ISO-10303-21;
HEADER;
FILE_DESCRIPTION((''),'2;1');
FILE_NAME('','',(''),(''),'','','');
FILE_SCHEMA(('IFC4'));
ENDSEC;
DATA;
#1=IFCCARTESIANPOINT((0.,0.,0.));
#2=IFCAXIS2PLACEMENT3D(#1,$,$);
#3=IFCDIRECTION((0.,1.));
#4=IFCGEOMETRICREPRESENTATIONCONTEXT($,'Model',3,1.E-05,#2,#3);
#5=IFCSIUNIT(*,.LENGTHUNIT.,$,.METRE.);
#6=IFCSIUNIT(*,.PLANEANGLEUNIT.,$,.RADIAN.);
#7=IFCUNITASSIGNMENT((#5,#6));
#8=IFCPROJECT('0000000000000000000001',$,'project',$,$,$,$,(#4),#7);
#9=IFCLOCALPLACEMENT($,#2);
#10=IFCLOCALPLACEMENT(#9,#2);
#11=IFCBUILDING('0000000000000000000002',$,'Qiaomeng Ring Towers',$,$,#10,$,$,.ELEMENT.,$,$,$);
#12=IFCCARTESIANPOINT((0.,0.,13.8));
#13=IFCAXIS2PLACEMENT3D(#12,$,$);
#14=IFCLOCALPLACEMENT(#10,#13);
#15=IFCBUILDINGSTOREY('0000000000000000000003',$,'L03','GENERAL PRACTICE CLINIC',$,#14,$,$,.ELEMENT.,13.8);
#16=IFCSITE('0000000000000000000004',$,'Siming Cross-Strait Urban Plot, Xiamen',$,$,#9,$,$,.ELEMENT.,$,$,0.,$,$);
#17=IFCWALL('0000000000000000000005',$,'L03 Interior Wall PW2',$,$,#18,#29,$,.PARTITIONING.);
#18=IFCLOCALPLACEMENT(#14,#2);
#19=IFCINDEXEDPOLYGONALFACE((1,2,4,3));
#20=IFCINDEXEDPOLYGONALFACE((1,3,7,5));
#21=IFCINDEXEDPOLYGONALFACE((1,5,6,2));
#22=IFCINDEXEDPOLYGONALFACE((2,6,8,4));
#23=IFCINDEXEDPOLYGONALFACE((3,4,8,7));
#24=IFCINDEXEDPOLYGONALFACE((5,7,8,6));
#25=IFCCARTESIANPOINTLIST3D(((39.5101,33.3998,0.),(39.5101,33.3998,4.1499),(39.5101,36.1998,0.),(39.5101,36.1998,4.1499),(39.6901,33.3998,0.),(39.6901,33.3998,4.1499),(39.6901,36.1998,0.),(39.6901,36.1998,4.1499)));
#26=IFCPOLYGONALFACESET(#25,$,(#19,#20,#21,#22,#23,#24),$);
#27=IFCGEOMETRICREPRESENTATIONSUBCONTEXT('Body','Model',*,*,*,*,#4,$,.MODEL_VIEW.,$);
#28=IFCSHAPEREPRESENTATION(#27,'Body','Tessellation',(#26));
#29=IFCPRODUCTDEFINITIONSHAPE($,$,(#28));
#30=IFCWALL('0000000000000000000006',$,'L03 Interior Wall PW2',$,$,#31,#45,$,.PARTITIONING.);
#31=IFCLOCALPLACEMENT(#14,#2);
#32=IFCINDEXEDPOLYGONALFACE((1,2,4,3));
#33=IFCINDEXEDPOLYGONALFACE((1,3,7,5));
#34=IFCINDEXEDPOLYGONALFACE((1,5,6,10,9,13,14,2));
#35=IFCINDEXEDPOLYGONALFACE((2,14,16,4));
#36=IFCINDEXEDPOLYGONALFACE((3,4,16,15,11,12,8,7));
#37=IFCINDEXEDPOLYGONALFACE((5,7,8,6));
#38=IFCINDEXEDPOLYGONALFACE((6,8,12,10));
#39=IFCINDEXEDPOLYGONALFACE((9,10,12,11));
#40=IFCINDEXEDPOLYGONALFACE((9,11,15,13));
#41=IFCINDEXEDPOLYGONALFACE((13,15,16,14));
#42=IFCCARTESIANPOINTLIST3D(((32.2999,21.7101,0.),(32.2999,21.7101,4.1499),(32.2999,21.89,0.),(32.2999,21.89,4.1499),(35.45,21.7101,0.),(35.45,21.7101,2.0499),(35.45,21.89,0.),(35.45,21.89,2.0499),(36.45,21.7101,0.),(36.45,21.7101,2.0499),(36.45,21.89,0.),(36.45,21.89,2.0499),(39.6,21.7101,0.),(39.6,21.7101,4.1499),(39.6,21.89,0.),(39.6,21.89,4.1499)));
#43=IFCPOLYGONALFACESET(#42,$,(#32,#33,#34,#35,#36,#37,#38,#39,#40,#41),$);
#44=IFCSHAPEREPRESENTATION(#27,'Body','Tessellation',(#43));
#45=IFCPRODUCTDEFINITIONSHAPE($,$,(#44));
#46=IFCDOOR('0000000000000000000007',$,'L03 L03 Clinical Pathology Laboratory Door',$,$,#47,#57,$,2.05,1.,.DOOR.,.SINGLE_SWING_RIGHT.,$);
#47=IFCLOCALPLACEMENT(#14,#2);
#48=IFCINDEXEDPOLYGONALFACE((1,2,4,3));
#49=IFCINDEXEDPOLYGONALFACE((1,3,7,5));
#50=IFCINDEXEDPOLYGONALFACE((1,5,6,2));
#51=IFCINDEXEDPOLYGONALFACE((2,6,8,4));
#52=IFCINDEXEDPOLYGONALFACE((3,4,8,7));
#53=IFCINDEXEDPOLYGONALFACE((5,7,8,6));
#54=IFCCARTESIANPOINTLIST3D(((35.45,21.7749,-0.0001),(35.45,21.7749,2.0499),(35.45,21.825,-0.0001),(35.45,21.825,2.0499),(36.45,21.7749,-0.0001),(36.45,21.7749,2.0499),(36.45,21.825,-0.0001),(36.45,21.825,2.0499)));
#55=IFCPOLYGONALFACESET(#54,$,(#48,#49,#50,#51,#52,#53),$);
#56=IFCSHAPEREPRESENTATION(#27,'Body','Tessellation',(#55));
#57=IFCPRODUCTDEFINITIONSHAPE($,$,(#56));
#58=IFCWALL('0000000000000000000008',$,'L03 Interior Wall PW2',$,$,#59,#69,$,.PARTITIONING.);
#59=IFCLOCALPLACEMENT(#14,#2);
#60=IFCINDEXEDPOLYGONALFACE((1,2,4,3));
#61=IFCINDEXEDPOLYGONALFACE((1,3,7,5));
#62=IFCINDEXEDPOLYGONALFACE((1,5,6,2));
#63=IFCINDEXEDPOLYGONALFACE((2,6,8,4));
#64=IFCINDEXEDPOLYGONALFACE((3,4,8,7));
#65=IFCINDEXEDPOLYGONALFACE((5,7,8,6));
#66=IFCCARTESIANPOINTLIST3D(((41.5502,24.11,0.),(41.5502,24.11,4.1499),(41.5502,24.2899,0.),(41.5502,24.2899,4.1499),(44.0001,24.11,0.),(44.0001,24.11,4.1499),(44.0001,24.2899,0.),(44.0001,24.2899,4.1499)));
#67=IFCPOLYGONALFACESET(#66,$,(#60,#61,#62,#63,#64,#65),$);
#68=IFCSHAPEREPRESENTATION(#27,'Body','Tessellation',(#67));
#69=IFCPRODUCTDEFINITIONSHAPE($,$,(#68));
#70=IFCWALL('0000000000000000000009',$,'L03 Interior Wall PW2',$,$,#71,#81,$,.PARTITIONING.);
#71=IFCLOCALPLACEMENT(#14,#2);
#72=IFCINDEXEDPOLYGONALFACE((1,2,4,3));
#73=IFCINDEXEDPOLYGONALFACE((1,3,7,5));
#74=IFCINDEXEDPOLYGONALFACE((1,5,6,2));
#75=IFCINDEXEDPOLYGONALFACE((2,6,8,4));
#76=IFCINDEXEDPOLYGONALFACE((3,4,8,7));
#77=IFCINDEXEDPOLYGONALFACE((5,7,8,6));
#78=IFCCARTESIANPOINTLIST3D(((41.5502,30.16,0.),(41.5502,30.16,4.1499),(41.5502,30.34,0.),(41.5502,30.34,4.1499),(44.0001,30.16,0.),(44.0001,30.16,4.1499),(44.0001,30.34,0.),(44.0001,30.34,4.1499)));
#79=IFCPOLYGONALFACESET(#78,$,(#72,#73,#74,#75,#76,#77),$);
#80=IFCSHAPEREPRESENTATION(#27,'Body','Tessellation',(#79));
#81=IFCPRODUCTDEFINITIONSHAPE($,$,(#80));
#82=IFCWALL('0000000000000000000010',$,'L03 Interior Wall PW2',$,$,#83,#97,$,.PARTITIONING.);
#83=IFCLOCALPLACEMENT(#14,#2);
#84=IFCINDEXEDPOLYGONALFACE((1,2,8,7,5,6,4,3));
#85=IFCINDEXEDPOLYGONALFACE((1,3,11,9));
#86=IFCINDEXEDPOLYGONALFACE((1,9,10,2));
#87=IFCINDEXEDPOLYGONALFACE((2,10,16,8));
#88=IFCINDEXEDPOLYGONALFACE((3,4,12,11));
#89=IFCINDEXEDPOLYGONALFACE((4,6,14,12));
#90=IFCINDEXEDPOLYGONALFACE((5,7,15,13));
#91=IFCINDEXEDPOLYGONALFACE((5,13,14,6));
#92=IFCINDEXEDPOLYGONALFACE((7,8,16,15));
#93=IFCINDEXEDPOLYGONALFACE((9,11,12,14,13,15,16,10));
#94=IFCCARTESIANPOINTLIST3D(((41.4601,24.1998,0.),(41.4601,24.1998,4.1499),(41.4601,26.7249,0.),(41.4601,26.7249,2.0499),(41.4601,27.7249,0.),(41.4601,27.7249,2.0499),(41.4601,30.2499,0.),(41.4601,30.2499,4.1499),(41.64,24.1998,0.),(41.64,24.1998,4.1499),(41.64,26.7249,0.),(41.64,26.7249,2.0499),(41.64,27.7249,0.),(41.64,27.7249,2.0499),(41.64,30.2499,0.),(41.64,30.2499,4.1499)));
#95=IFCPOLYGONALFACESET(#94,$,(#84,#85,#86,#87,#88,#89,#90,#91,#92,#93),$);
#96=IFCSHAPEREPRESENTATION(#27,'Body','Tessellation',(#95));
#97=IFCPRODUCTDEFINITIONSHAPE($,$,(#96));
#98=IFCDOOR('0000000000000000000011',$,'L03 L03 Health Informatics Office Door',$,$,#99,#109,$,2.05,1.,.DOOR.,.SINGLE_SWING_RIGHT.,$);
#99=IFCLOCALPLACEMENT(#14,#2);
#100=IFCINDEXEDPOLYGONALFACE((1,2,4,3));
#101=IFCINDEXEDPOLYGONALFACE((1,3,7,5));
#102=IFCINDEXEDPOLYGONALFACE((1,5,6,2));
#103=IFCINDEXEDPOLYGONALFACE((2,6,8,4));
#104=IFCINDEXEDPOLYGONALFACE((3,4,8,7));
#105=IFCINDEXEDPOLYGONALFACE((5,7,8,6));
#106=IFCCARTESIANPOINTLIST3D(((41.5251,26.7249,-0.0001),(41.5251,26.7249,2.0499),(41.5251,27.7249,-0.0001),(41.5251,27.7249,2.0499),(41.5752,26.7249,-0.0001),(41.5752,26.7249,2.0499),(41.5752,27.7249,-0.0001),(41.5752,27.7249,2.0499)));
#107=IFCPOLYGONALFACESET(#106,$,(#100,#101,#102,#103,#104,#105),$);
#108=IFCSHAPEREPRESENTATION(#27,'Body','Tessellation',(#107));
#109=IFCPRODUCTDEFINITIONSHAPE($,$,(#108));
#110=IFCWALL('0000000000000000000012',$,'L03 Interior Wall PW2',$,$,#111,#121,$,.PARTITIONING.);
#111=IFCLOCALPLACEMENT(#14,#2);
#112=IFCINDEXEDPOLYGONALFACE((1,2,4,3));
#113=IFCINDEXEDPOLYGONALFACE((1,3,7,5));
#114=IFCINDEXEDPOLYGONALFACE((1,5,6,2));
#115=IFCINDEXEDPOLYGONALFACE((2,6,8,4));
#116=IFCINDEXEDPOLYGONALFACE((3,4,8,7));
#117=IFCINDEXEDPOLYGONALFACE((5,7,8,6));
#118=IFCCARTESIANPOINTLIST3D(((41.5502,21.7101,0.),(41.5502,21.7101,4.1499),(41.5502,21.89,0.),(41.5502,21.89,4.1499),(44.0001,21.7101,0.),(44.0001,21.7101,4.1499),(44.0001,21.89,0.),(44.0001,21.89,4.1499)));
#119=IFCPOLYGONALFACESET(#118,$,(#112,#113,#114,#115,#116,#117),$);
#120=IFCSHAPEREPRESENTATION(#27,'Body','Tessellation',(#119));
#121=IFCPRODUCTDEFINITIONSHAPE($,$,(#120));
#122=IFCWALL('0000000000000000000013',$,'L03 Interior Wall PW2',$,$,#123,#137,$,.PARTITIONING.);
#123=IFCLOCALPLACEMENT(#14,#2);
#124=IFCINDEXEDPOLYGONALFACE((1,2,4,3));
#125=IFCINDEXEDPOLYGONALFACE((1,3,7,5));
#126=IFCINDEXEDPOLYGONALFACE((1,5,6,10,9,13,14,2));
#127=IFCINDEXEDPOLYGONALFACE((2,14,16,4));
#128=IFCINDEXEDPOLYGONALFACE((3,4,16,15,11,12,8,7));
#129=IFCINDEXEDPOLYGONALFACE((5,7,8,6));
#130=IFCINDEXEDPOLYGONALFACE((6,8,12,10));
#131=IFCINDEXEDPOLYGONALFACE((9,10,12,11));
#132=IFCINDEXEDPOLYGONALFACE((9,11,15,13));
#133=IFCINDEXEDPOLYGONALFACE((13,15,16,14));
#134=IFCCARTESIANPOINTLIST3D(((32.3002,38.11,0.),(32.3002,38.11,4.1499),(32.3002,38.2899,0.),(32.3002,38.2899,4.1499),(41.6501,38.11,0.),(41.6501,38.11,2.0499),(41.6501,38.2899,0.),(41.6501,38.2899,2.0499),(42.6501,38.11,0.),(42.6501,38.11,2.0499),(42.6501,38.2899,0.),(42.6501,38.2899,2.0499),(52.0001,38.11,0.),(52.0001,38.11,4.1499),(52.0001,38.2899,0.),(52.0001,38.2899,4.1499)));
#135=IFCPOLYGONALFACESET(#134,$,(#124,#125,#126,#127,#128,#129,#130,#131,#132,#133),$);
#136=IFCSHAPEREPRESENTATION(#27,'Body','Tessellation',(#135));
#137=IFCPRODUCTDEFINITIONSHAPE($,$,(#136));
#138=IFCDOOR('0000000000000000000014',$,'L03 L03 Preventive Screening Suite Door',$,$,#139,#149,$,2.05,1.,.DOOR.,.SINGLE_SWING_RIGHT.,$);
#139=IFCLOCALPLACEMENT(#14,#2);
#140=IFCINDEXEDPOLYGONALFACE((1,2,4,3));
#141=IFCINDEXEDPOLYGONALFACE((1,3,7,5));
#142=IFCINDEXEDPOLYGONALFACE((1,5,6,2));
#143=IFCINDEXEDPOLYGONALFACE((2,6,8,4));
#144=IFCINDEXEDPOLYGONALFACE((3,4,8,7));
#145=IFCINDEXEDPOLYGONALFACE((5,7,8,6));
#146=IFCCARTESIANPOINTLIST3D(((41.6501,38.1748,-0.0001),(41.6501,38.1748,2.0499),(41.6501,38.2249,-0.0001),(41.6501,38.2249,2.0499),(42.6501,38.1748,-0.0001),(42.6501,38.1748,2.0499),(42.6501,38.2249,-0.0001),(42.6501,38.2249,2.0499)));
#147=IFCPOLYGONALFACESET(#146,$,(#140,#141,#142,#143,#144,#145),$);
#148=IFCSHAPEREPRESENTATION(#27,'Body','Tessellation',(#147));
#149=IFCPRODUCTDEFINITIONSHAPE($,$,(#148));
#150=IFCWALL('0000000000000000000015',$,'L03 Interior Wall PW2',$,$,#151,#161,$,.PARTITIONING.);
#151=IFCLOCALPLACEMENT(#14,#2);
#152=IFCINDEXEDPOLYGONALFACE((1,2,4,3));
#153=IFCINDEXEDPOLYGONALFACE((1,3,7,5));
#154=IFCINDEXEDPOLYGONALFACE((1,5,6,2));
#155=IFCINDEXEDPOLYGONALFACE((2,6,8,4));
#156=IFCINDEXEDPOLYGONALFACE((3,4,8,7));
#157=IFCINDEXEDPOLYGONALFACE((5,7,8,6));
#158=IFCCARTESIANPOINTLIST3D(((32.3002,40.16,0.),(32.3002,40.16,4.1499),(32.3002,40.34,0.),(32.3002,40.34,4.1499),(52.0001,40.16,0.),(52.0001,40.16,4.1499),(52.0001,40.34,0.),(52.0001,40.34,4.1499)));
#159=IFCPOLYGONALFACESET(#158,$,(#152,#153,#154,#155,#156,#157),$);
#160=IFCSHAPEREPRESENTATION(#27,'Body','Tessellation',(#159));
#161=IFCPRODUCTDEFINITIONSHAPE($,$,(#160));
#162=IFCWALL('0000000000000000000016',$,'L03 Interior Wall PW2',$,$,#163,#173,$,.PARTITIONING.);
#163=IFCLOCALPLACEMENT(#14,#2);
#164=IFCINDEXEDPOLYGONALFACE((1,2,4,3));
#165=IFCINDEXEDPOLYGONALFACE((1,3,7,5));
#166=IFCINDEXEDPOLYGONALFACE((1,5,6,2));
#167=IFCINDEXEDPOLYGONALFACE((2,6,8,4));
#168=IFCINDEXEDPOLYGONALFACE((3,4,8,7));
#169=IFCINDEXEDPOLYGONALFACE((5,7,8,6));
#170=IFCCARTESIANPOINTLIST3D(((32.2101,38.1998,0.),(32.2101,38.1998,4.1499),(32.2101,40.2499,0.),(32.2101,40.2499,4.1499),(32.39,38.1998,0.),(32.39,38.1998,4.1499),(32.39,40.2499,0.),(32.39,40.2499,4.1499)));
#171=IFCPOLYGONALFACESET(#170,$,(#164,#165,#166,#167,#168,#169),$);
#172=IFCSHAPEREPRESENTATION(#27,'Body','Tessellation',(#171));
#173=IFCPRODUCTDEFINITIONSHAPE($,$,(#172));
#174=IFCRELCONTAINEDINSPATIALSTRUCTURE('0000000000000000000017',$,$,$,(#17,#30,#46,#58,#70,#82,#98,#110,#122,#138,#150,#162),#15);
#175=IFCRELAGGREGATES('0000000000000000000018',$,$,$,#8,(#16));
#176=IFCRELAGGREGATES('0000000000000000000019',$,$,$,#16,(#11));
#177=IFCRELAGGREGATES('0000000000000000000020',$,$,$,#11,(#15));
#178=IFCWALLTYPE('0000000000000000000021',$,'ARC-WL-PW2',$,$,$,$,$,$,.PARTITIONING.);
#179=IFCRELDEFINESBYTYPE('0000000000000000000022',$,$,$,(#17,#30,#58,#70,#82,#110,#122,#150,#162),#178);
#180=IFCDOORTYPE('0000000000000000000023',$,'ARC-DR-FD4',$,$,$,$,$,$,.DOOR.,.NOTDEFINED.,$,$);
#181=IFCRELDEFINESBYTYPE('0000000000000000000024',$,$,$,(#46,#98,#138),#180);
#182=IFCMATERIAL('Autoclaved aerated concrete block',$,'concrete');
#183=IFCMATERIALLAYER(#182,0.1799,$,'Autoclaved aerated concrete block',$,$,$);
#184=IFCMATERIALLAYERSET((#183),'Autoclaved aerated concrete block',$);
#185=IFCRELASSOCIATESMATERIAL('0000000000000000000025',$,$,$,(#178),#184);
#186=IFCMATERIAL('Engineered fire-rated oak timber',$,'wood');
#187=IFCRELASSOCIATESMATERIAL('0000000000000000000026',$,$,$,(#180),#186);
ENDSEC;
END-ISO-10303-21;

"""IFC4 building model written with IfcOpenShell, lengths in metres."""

from ifc_helpers import new_model, si_unit, direction, frame, frame_2d, origin, place, context, subcontext, project, spatial, rectangle, extrude, source, transform, mapped, material, layer, layer_set, type_object, element, fill, save


model = new_model("IFC4")

# Units and contexts
model_context = context("Model", 3, precision=1e-05, world=origin(), true_north=direction((0.0, 1.0)))
body_context = subcontext(model_context, "Body", "Model", "MODEL_VIEW")
ifc_project = project(units=[si_unit("LENGTHUNIT", "METRE"), si_unit("PLANEANGLEUNIT", "RADIAN")], contexts=[model_context])

# Site, building, storey
site_placement = place(None, origin())
site = spatial("IfcSite", under=ifc_project, at=site_placement, Name="Siming Cross-Strait Urban Plot, Xiamen", CompositionType="ELEMENT", RefElevation=0.0)
building_placement = place(site_placement, origin())
building = spatial("IfcBuilding", under=site, at=building_placement, Name="Qiaomeng Ring Towers", CompositionType="ELEMENT")
storey_placement = place(building_placement, frame((0.0, 0.0, 13.8)))
storey = spatial("IfcBuildingStorey", under=building, at=storey_placement, Name="L03", Description="GENERAL PRACTICE CLINIC", CompositionType="ELEMENT", Elevation=13.8)

# Wall
ifc_material_1 = material(Name="Autoclaved aerated concrete block", Category="concrete")
ifc_layer_1 = layer(ifc_material_1, 0.1799, Name="Autoclaved aerated concrete block")
ifc_layer_set_1 = layer_set([ifc_layer_1], Name="Autoclaved aerated concrete block")
wall_type_1 = type_object("IfcWallType", Name="ARC-WL-PW2", PredefinedType="PARTITIONING", material=ifc_layer_set_1)
wall_1_placement = place(storey_placement, frame((39.6001, 33.3999, 0.0), z_axis=(0.0, 0.0, 1.0), x_axis=(0.0, 1.0, 0.0)))
element("IfcWall", 1, at=wall_1_placement, inside=storey, type_object=wall_type_1, Name="L03 Interior Wall PW2", PredefinedType="PARTITIONING", context=body_context, shape_type="SweptSolid", body=[
    extrude(rectangle(XDim=2.8, YDim=0.1799, at=frame_2d((1.3999, 0.0))), origin(), (0.0, 0.0, 1.0), 4.1499),
])

# Wall, opening, door
wall_2_placement = place(storey_placement, frame((32.3, 21.8, 0.0), z_axis=(0.0, 0.0, 1.0), x_axis=(1.0, 0.0, 0.0)))
wall_2 = element("IfcWall", 2, at=wall_2_placement, inside=storey, type_object=wall_type_1, Name="L03 Interior Wall PW2", PredefinedType="PARTITIONING", context=body_context, shape_type="SweptSolid", body=[
    extrude(rectangle(XDim=7.3, YDim=0.1799, at=frame_2d((3.6499, 0.0))), origin(), (0.0, 0.0, 1.0), 4.1499),
])
opening_1_placement = place(wall_2_placement, frame((3.1499, 0.0, 0.0)))
opening_1 = element("IfcOpeningElement", 3, at=opening_1_placement, cuts=wall_2, PredefinedType="OPENING", context=body_context, shape_type="SweptSolid", body=[
    extrude(rectangle(XDim=1.0, YDim=2.05, at=frame_2d((0.5, 1.0249))), frame((0.0, 0.0999, 0.0), z_axis=(0.0, -1.0, 0.0), x_axis=(1.0, 0.0, 0.0)), (0.0, 0.0, 1.0), 0.2),
])
ifc_material_2 = material(Name="Engineered fire-rated oak timber", Category="wood")
door_type_1 = type_object("IfcDoorType", Name="ARC-DR-FD4", OperationType="NOTDEFINED", PredefinedType="DOOR", material=ifc_material_2)
shared_shape_1 = source(origin(), body_context, "Body", "SweptSolid", [
    extrude(rectangle(XDim=1.0, YDim=2.05, at=frame_2d((0.5, 1.0249))), frame((0.0, 0.0249, 0.0), z_axis=(0.0, -1.0, 0.0), x_axis=(1.0, 0.0, 0.0)), (0.0, 0.0, 1.0), 0.05),
])
door_1_placement = place(opening_1_placement, origin())
door_1 = element("IfcDoor", 4, at=door_1_placement, inside=storey, type_object=door_type_1, Name="L03 L03 Clinical Pathology Laboratory Door", OperationType="SINGLE_SWING_RIGHT", OverallHeight=2.05, OverallWidth=1.0, PredefinedType="DOOR", context=body_context, shape_type="MappedRepresentation", body=[
    mapped(shared_shape_1, transform((0.0, 0.0, 0.0), x_axis=(1.0, 0.0, 0.0), y_axis=(0.0, 1.0, 0.0), z_axis=(0.0, 0.0, 1.0), scale=1.0)),
])
fill(opening_1, door_1)

# Walls
for number, where, z_axis, x_axis, name in (
    (5, (41.55, 24.2, 0.0), (0.0, 0.0, 1.0), (1.0, 0.0, 0.0), "L03 Interior Wall PW2"),
    (6, (41.55, 30.25, 0.0), (0.0, 0.0, 1.0), (1.0, 0.0, 0.0), "L03 Interior Wall PW2"),
):
    element("IfcWall", number, at=place(storey_placement, frame(where, z_axis=z_axis, x_axis=x_axis)), inside=storey, type_object=wall_type_1, Name=name, PredefinedType="PARTITIONING", context=body_context, shape_type="SweptSolid", body=[
        extrude(rectangle(XDim=2.45, YDim=0.1799, at=frame_2d((1.2251, 0.0))), origin(), (0.0, 0.0, 1.0), 4.1499),
    ])

# Wall, opening, door
wall_3_placement = place(storey_placement, frame((41.55, 24.2, 0.0), z_axis=(0.0, 0.0, 1.0), x_axis=(0.0, 1.0, 0.0)))
wall_3 = element("IfcWall", 7, at=wall_3_placement, inside=storey, type_object=wall_type_1, Name="L03 Interior Wall PW2", PredefinedType="PARTITIONING", context=body_context, shape_type="SweptSolid", body=[
    extrude(rectangle(XDim=6.05, YDim=0.1799, at=frame_2d((3.0249, 0.0))), origin(), (0.0, 0.0, 1.0), 4.1499),
])
opening_2_placement = place(wall_3_placement, frame((2.5249, 0.0, 0.0)))
opening_2 = element("IfcOpeningElement", 8, at=opening_2_placement, cuts=wall_3, PredefinedType="OPENING", context=body_context, shape_type="SweptSolid", body=[
    extrude(rectangle(XDim=1.0, YDim=2.05, at=frame_2d((0.5, 1.0249))), frame((0.0, 0.0999, 0.0), z_axis=(0.0, -1.0, 0.0), x_axis=(1.0, 0.0, 0.0)), (0.0, 0.0, 1.0), 0.2),
])
door_2_placement = place(opening_2_placement, origin())
door_2 = element("IfcDoor", 9, at=door_2_placement, inside=storey, type_object=door_type_1, Name="L03 L03 Health Informatics Office Door", OperationType="SINGLE_SWING_RIGHT", OverallHeight=2.05, OverallWidth=1.0, PredefinedType="DOOR", context=body_context, shape_type="MappedRepresentation", body=[
    mapped(shared_shape_1, transform((0.0, 0.0, 0.0), x_axis=(1.0, 0.0, 0.0), y_axis=(0.0, 1.0, 0.0), z_axis=(0.0, 0.0, 1.0), scale=1.0)),
])
fill(opening_2, door_2)

# Wall
wall_4_placement = place(storey_placement, frame((41.55, 21.8, 0.0), z_axis=(0.0, 0.0, 1.0), x_axis=(1.0, 0.0, 0.0)))
element("IfcWall", 10, at=wall_4_placement, inside=storey, type_object=wall_type_1, Name="L03 Interior Wall PW2", PredefinedType="PARTITIONING", context=body_context, shape_type="SweptSolid", body=[
    extrude(rectangle(XDim=2.45, YDim=0.1799, at=frame_2d((1.2251, 0.0))), origin(), (0.0, 0.0, 1.0), 4.1499),
])

# Wall, opening, door
wall_5_placement = place(storey_placement, frame((32.3, 38.2, 0.0), z_axis=(0.0, 0.0, 1.0), x_axis=(1.0, 0.0, 0.0)))
wall_5 = element("IfcWall", 11, at=wall_5_placement, inside=storey, type_object=wall_type_1, Name="L03 Interior Wall PW2", PredefinedType="PARTITIONING", context=body_context, shape_type="SweptSolid", body=[
    extrude(rectangle(XDim=19.7, YDim=0.1799, at=frame_2d((9.8501, 0.0))), origin(), (0.0, 0.0, 1.0), 4.1499),
])
opening_3_placement = place(wall_5_placement, frame((9.3501, 0.0, 0.0)))
opening_3 = element("IfcOpeningElement", 12, at=opening_3_placement, cuts=wall_5, PredefinedType="OPENING", context=body_context, shape_type="SweptSolid", body=[
    extrude(rectangle(XDim=1.0, YDim=2.05, at=frame_2d((0.5, 1.0249))), frame((0.0, 0.0999, 0.0), z_axis=(0.0, -1.0, 0.0), x_axis=(1.0, 0.0, 0.0)), (0.0, 0.0, 1.0), 0.2),
])
door_3_placement = place(opening_3_placement, origin())
door_3 = element("IfcDoor", 13, at=door_3_placement, inside=storey, type_object=door_type_1, Name="L03 L03 Preventive Screening Suite Door", OperationType="SINGLE_SWING_RIGHT", OverallHeight=2.05, OverallWidth=1.0, PredefinedType="DOOR", context=body_context, shape_type="MappedRepresentation", body=[
    mapped(shared_shape_1, transform((0.0, 0.0, 0.0), x_axis=(1.0, 0.0, 0.0), y_axis=(0.0, 1.0, 0.0), z_axis=(0.0, 0.0, 1.0), scale=1.0)),
])
fill(opening_3, door_3)

# Walls
wall_6_placement = place(storey_placement, frame((32.3, 40.25, 0.0), z_axis=(0.0, 0.0, 1.0), x_axis=(1.0, 0.0, 0.0)))
element("IfcWall", 14, at=wall_6_placement, inside=storey, type_object=wall_type_1, Name="L03 Interior Wall PW2", PredefinedType="PARTITIONING", context=body_context, shape_type="SweptSolid", body=[
    extrude(rectangle(XDim=19.7, YDim=0.1799, at=frame_2d((9.8501, 0.0))), origin(), (0.0, 0.0, 1.0), 4.1499),
])
wall_7_placement = place(storey_placement, frame((32.3, 38.2, 0.0), z_axis=(0.0, 0.0, 1.0), x_axis=(0.0, 1.0, 0.0)))
element("IfcWall", 15, at=wall_7_placement, inside=storey, type_object=wall_type_1, Name="L03 Interior Wall PW2", PredefinedType="PARTITIONING", context=body_context, shape_type="SweptSolid", body=[
    extrude(rectangle(XDim=2.05, YDim=0.1799, at=frame_2d((1.0249, 0.0))), origin(), (0.0, 0.0, 1.0), 4.1499),
])

save(model, "model.ifc")
